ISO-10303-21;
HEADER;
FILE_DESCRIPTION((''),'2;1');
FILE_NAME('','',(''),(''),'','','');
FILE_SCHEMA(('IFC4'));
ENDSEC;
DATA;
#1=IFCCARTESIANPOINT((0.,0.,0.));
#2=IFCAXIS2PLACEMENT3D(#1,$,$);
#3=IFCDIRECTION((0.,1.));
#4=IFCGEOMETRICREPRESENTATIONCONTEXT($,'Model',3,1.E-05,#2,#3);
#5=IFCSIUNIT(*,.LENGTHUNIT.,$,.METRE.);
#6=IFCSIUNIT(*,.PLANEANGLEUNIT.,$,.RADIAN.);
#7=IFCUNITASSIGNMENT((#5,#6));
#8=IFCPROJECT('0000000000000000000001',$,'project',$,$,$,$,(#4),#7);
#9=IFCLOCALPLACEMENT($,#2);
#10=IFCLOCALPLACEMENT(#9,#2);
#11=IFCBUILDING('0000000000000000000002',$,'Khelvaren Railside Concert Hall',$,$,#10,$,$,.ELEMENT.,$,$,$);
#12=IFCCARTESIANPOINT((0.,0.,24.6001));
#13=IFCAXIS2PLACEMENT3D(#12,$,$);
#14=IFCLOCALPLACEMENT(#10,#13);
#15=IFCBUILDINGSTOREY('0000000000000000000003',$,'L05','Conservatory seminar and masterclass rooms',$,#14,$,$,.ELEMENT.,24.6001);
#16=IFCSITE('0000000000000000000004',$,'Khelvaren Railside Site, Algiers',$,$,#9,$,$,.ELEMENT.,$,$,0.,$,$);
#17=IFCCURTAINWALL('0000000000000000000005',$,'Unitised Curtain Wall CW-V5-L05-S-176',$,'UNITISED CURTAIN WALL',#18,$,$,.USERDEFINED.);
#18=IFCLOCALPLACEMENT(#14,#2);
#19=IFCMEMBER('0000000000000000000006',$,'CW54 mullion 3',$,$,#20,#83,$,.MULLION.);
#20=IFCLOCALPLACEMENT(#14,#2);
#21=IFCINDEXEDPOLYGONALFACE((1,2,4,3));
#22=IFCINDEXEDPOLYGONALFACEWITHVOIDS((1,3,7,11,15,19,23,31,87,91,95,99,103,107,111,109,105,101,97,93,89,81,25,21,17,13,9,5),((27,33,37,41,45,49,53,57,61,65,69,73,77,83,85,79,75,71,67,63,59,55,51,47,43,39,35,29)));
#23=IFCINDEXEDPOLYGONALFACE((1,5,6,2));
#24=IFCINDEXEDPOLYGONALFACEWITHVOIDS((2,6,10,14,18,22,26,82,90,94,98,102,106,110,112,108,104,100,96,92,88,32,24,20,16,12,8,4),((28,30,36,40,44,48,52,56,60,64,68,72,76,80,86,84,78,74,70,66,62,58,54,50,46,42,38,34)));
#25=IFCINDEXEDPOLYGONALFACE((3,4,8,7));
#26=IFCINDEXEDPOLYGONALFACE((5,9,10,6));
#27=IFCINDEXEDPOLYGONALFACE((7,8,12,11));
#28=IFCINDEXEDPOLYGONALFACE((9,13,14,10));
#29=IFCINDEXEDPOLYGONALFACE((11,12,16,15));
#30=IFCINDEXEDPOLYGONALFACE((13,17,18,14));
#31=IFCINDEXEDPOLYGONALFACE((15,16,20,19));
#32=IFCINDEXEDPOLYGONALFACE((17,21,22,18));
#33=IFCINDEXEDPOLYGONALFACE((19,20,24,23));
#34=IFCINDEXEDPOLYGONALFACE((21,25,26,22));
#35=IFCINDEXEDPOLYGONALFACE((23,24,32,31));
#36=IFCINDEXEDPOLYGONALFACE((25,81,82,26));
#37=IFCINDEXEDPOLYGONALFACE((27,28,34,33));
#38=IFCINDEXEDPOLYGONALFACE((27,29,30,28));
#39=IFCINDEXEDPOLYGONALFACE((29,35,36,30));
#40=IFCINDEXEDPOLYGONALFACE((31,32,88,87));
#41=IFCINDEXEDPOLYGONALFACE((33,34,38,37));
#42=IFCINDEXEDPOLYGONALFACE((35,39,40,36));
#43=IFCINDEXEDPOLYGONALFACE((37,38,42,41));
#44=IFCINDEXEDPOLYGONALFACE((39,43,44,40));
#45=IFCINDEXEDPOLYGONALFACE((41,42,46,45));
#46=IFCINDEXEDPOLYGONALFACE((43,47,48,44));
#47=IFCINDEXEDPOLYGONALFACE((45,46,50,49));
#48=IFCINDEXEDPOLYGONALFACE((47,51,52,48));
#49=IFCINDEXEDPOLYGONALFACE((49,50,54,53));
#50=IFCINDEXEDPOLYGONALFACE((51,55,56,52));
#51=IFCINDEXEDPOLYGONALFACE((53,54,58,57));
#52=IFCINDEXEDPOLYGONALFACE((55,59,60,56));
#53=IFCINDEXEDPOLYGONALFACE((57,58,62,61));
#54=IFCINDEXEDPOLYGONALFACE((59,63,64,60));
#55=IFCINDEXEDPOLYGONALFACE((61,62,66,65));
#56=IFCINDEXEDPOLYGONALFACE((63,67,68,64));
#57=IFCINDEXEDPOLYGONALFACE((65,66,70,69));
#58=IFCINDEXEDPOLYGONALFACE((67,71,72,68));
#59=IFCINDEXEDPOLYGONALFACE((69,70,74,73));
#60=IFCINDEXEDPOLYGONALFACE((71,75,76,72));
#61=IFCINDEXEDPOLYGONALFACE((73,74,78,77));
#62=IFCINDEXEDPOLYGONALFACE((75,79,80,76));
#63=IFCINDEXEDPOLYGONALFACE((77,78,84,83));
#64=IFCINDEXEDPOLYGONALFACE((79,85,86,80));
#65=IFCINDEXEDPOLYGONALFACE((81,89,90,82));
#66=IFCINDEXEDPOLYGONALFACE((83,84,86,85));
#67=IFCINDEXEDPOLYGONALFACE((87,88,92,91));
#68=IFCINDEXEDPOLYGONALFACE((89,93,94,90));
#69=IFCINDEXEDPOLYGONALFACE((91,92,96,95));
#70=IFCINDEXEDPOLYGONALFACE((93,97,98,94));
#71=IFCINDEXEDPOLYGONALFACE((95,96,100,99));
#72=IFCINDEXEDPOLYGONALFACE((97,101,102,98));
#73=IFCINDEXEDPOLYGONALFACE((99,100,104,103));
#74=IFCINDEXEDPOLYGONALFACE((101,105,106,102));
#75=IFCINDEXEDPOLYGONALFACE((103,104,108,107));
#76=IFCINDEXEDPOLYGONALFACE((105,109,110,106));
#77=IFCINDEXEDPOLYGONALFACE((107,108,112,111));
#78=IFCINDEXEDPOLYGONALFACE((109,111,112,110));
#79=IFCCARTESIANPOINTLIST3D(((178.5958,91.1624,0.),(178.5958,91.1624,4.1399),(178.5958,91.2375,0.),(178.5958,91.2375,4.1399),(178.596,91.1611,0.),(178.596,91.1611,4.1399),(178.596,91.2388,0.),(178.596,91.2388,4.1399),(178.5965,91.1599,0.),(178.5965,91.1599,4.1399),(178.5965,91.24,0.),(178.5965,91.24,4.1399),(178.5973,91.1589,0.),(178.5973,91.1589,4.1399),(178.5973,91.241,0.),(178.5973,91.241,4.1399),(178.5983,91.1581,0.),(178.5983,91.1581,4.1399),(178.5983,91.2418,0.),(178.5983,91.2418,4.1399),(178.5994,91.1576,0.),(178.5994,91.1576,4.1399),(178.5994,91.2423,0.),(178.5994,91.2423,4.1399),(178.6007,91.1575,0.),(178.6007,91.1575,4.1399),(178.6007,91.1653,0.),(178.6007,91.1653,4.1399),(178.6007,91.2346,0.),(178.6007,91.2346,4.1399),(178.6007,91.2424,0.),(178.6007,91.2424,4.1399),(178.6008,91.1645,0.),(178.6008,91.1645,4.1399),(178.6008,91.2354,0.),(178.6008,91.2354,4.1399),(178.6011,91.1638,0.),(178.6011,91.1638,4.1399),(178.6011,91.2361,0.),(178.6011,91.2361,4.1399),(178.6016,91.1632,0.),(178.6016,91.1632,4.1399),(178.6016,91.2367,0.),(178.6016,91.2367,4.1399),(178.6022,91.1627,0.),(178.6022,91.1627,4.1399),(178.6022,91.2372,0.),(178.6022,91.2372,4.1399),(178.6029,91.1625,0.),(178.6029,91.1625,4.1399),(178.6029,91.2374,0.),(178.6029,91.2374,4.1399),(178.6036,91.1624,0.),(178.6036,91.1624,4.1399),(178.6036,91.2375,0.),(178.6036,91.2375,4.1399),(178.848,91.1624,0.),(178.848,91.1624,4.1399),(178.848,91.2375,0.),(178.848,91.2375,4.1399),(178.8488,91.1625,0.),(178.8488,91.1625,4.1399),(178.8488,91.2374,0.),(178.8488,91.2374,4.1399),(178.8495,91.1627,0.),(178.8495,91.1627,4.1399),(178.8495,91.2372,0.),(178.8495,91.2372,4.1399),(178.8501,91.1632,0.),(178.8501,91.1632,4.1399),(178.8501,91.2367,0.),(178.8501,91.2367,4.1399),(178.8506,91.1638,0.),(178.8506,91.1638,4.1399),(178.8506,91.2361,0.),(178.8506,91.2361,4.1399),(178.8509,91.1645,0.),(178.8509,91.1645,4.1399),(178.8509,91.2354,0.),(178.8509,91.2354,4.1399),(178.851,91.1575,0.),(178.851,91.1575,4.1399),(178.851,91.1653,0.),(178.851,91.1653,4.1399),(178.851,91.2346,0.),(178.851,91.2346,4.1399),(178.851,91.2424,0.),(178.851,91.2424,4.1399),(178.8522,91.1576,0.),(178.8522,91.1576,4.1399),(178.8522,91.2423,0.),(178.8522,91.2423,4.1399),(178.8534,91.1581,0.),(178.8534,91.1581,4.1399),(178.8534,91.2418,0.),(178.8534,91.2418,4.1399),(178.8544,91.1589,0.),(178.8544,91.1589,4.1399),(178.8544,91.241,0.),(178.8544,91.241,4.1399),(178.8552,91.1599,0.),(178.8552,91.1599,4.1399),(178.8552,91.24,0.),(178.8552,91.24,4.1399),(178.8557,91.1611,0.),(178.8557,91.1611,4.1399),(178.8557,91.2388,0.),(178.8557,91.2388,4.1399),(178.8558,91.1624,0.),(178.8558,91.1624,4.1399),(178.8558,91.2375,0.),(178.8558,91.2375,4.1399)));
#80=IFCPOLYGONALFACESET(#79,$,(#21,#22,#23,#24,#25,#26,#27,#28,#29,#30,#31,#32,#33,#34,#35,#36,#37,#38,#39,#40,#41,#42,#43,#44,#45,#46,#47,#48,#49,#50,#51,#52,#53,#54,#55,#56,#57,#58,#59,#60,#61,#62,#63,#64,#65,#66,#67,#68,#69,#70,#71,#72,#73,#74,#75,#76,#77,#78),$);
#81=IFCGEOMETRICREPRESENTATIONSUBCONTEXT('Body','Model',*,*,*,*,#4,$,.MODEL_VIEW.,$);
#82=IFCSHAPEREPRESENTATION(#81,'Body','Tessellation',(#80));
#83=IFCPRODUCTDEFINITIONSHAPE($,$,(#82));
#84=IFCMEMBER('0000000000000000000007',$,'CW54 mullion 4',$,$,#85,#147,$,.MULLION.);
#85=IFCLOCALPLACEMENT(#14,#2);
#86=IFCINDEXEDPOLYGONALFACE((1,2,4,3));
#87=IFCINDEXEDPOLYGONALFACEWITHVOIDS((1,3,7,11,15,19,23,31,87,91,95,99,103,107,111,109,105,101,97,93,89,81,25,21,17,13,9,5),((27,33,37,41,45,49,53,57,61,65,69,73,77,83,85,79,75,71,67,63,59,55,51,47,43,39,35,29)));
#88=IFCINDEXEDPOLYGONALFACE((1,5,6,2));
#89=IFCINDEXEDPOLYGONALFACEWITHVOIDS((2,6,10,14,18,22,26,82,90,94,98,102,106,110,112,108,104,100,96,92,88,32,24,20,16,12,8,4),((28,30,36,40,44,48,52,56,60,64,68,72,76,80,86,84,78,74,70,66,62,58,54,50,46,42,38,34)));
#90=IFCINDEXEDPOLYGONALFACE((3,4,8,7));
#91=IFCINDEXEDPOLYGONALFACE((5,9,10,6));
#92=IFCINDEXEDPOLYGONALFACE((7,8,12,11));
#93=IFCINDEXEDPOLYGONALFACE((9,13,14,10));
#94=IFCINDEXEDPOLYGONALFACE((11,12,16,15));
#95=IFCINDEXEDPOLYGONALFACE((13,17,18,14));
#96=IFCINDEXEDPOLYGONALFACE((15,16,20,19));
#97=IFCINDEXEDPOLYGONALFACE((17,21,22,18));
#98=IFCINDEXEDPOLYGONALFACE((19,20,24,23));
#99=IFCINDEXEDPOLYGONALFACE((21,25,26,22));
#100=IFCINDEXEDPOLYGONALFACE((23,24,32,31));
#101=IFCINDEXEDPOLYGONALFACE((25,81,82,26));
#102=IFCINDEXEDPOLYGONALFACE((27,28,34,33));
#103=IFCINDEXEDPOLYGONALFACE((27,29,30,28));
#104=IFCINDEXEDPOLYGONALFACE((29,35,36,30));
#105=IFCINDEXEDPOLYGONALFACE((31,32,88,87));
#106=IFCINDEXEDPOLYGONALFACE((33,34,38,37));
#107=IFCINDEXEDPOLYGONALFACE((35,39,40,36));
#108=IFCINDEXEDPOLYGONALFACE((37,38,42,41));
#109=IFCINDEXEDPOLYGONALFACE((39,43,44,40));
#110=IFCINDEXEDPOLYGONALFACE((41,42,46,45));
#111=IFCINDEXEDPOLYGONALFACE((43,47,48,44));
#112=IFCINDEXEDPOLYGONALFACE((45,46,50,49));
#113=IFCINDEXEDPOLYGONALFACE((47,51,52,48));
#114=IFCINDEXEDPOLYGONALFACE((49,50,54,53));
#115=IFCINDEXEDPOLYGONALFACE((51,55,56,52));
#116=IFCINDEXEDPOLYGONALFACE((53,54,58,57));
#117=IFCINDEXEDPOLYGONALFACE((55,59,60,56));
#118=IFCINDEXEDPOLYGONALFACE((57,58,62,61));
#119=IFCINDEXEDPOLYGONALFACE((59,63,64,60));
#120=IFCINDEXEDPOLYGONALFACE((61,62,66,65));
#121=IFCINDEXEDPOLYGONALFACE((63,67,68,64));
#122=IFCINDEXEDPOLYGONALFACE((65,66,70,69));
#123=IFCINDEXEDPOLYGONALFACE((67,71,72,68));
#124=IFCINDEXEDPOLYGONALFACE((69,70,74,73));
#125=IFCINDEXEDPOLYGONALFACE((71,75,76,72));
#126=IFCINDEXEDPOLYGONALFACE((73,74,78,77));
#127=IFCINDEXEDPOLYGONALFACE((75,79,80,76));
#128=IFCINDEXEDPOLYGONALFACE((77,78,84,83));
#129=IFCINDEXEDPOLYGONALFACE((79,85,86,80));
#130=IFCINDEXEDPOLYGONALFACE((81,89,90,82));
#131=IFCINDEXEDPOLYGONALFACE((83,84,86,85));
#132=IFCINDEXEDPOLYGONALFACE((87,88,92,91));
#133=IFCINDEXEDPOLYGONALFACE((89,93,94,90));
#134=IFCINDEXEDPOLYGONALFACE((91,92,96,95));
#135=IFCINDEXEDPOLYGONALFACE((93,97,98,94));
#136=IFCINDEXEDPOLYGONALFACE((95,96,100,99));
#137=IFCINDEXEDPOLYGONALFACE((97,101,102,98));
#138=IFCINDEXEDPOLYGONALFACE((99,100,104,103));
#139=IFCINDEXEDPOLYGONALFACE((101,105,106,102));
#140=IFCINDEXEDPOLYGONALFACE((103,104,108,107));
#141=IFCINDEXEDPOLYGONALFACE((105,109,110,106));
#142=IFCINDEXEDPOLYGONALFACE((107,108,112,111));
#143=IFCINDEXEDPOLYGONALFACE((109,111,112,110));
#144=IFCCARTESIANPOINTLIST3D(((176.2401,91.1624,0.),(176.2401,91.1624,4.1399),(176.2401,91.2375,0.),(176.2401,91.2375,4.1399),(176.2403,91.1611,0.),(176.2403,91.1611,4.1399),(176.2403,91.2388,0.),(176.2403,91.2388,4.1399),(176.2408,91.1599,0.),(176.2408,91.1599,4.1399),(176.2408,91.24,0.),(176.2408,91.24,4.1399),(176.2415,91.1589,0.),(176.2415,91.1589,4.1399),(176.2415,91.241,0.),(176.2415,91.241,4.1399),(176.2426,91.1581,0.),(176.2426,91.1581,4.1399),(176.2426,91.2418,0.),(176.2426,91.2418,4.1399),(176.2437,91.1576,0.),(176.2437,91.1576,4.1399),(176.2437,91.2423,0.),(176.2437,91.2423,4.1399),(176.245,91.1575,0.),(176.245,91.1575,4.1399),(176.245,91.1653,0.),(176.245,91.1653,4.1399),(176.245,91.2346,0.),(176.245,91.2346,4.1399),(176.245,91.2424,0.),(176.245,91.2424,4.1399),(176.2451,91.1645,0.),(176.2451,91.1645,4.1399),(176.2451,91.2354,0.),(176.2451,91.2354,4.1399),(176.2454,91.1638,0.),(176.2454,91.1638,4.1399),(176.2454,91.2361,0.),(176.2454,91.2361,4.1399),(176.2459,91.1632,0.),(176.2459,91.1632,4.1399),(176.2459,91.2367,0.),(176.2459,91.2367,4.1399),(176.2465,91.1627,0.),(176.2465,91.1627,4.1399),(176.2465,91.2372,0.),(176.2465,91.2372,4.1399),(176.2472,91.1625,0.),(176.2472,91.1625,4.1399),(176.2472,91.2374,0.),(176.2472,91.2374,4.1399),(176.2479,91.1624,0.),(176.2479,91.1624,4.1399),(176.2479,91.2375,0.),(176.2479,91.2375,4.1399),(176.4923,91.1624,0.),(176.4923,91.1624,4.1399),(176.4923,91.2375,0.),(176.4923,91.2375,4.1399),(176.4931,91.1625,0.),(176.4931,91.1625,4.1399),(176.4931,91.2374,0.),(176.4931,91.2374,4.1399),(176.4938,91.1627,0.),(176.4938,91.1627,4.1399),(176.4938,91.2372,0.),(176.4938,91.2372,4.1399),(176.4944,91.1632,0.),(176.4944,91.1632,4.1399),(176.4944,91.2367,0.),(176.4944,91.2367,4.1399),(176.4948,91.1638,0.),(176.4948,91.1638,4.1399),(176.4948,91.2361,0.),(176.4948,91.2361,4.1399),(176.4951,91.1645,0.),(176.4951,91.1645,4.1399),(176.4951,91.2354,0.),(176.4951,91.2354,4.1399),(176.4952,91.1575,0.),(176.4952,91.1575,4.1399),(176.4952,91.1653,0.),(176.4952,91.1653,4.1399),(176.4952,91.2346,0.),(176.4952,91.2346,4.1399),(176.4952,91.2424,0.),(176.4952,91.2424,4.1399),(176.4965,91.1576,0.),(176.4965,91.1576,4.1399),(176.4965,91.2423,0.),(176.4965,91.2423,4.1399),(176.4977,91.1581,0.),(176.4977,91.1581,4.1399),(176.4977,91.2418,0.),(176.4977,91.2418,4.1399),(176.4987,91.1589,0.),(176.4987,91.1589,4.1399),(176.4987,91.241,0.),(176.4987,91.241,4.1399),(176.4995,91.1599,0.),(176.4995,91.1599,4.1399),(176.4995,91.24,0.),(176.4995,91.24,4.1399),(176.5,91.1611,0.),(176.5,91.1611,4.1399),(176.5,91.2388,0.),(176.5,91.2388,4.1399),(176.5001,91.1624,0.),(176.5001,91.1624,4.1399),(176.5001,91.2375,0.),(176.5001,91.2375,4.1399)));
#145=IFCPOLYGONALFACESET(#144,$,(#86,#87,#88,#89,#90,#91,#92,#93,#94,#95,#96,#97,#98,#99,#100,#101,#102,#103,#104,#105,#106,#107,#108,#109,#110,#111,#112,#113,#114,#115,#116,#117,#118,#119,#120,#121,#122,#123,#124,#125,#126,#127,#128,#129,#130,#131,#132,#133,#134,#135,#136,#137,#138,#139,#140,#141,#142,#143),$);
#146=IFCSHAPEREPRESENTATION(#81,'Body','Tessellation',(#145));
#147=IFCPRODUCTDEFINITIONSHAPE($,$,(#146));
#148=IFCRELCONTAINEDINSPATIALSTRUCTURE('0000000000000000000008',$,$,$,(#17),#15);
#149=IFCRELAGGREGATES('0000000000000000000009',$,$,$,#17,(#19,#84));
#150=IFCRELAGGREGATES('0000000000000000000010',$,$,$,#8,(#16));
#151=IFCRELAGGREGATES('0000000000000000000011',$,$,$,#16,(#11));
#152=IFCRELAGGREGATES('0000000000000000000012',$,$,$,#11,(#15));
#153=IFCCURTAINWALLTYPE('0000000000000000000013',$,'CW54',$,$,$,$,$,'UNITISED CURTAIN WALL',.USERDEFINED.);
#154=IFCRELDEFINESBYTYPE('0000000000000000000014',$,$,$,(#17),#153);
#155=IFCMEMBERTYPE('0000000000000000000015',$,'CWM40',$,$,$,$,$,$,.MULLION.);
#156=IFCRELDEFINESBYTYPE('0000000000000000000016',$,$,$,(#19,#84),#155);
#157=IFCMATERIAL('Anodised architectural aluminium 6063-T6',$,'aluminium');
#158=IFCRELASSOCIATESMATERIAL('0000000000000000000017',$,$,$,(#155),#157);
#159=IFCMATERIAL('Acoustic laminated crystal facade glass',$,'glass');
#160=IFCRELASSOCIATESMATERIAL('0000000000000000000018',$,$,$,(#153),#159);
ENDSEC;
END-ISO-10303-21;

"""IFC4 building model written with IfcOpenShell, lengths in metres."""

from ifc_helpers import new_model, si_unit, direction, frame, origin, origin_2d, place, context, subcontext, project, spatial, hollow_rectangle, extrude, material, material_profile, profile_set, type_object, element, aggregate, save


model = new_model("IFC4")

# Units and contexts
model_context = context("Model", 3, precision=1e-05, world=origin(), true_north=direction((0.0, 1.0)))
body_context = subcontext(model_context, "Body", "Model", "MODEL_VIEW")
ifc_project = project(units=[si_unit("LENGTHUNIT", "METRE"), si_unit("PLANEANGLEUNIT", "RADIAN")], contexts=[model_context])

# Site, building, storey
site_placement = place(None, origin())
site = spatial("IfcSite", under=ifc_project, at=site_placement, Name="Khelvaren Railside Site, Algiers", CompositionType="ELEMENT", RefElevation=0.0)
building_placement = place(site_placement, origin())
building = spatial("IfcBuilding", under=site, at=building_placement, Name="Khelvaren Railside Concert Hall", CompositionType="ELEMENT")
storey_placement = place(building_placement, frame((0.0, 0.0, 24.6001)))
storey = spatial("IfcBuildingStorey", under=building, at=storey_placement, Name="L05", Description="Conservatory seminar and masterclass rooms", CompositionType="ELEMENT", Elevation=24.6001)

# Shared definitions
ifc_material_1 = material(Name="Acoustic laminated crystal facade glass", Category="glass")
ifc_material_2 = material(Name="Anodised architectural aluminium 6063-T6", Category="aluminium")
ifc_material_profile_1 = material_profile(ifc_material_2, hollow_rectangle(XDim=0.085, YDim=0.26, WallThickness=0.0049, InnerFilletRadius=0.0029, OuterFilletRadius=0.0049, at=origin_2d()), Name="CWM 85x260x5")
ifc_profile_set_1 = profile_set([ifc_material_profile_1], Name="Anodised architectural aluminium 6063-T6")
member_type_1 = type_object("IfcMemberType", Name="CWM40", PredefinedType="MULLION", material=ifc_profile_set_1)

# Curtain wall, members
curtain_wall_type_1 = type_object("IfcCurtainWallType", Name="CW54", ElementType="UNITISED CURTAIN WALL", PredefinedType="USERDEFINED", material=ifc_material_1)
curtain_wall_1_placement = place(storey_placement, origin())
curtain_wall_1 = element("IfcCurtainWall", 1, at=curtain_wall_1_placement, inside=storey, type_object=curtain_wall_type_1, Name="Unitised Curtain Wall CW-V5-L05-S-176", ObjectType="UNITISED CURTAIN WALL", PredefinedType="USERDEFINED")
member_1_placement = place(storey_placement, frame((178.7258, 91.2, 0.0), z_axis=(0.0, 0.0, 1.0), x_axis=(0.0, -1.0, 0.0)))
member_1 = element("IfcMember", 2, at=member_1_placement, type_object=member_type_1, Name="CW54 mullion 3", PredefinedType="MULLION", context=body_context, shape_type="SweptSolid", body=[
    extrude(hollow_rectangle(XDim=0.085, YDim=0.26, WallThickness=0.0049, InnerFilletRadius=0.0029, OuterFilletRadius=0.0049, at=origin_2d()), origin(), (0.0, 0.0, 1.0), 4.1399),
])
member_2_placement = place(storey_placement, frame((176.3701, 91.2, 0.0), z_axis=(0.0, 0.0, 1.0), x_axis=(0.0, -1.0, 0.0)))
member_2 = element("IfcMember", 3, at=member_2_placement, type_object=member_type_1, Name="CW54 mullion 4", PredefinedType="MULLION", context=body_context, shape_type="SweptSolid", body=[
    extrude(hollow_rectangle(XDim=0.085, YDim=0.26, WallThickness=0.0049, InnerFilletRadius=0.0029, OuterFilletRadius=0.0049, at=origin_2d()), origin(), (0.0, 0.0, 1.0), 4.1399),
])

aggregate(curtain_wall_1, [member_1, member_2])

save(model, "model.ifc")
